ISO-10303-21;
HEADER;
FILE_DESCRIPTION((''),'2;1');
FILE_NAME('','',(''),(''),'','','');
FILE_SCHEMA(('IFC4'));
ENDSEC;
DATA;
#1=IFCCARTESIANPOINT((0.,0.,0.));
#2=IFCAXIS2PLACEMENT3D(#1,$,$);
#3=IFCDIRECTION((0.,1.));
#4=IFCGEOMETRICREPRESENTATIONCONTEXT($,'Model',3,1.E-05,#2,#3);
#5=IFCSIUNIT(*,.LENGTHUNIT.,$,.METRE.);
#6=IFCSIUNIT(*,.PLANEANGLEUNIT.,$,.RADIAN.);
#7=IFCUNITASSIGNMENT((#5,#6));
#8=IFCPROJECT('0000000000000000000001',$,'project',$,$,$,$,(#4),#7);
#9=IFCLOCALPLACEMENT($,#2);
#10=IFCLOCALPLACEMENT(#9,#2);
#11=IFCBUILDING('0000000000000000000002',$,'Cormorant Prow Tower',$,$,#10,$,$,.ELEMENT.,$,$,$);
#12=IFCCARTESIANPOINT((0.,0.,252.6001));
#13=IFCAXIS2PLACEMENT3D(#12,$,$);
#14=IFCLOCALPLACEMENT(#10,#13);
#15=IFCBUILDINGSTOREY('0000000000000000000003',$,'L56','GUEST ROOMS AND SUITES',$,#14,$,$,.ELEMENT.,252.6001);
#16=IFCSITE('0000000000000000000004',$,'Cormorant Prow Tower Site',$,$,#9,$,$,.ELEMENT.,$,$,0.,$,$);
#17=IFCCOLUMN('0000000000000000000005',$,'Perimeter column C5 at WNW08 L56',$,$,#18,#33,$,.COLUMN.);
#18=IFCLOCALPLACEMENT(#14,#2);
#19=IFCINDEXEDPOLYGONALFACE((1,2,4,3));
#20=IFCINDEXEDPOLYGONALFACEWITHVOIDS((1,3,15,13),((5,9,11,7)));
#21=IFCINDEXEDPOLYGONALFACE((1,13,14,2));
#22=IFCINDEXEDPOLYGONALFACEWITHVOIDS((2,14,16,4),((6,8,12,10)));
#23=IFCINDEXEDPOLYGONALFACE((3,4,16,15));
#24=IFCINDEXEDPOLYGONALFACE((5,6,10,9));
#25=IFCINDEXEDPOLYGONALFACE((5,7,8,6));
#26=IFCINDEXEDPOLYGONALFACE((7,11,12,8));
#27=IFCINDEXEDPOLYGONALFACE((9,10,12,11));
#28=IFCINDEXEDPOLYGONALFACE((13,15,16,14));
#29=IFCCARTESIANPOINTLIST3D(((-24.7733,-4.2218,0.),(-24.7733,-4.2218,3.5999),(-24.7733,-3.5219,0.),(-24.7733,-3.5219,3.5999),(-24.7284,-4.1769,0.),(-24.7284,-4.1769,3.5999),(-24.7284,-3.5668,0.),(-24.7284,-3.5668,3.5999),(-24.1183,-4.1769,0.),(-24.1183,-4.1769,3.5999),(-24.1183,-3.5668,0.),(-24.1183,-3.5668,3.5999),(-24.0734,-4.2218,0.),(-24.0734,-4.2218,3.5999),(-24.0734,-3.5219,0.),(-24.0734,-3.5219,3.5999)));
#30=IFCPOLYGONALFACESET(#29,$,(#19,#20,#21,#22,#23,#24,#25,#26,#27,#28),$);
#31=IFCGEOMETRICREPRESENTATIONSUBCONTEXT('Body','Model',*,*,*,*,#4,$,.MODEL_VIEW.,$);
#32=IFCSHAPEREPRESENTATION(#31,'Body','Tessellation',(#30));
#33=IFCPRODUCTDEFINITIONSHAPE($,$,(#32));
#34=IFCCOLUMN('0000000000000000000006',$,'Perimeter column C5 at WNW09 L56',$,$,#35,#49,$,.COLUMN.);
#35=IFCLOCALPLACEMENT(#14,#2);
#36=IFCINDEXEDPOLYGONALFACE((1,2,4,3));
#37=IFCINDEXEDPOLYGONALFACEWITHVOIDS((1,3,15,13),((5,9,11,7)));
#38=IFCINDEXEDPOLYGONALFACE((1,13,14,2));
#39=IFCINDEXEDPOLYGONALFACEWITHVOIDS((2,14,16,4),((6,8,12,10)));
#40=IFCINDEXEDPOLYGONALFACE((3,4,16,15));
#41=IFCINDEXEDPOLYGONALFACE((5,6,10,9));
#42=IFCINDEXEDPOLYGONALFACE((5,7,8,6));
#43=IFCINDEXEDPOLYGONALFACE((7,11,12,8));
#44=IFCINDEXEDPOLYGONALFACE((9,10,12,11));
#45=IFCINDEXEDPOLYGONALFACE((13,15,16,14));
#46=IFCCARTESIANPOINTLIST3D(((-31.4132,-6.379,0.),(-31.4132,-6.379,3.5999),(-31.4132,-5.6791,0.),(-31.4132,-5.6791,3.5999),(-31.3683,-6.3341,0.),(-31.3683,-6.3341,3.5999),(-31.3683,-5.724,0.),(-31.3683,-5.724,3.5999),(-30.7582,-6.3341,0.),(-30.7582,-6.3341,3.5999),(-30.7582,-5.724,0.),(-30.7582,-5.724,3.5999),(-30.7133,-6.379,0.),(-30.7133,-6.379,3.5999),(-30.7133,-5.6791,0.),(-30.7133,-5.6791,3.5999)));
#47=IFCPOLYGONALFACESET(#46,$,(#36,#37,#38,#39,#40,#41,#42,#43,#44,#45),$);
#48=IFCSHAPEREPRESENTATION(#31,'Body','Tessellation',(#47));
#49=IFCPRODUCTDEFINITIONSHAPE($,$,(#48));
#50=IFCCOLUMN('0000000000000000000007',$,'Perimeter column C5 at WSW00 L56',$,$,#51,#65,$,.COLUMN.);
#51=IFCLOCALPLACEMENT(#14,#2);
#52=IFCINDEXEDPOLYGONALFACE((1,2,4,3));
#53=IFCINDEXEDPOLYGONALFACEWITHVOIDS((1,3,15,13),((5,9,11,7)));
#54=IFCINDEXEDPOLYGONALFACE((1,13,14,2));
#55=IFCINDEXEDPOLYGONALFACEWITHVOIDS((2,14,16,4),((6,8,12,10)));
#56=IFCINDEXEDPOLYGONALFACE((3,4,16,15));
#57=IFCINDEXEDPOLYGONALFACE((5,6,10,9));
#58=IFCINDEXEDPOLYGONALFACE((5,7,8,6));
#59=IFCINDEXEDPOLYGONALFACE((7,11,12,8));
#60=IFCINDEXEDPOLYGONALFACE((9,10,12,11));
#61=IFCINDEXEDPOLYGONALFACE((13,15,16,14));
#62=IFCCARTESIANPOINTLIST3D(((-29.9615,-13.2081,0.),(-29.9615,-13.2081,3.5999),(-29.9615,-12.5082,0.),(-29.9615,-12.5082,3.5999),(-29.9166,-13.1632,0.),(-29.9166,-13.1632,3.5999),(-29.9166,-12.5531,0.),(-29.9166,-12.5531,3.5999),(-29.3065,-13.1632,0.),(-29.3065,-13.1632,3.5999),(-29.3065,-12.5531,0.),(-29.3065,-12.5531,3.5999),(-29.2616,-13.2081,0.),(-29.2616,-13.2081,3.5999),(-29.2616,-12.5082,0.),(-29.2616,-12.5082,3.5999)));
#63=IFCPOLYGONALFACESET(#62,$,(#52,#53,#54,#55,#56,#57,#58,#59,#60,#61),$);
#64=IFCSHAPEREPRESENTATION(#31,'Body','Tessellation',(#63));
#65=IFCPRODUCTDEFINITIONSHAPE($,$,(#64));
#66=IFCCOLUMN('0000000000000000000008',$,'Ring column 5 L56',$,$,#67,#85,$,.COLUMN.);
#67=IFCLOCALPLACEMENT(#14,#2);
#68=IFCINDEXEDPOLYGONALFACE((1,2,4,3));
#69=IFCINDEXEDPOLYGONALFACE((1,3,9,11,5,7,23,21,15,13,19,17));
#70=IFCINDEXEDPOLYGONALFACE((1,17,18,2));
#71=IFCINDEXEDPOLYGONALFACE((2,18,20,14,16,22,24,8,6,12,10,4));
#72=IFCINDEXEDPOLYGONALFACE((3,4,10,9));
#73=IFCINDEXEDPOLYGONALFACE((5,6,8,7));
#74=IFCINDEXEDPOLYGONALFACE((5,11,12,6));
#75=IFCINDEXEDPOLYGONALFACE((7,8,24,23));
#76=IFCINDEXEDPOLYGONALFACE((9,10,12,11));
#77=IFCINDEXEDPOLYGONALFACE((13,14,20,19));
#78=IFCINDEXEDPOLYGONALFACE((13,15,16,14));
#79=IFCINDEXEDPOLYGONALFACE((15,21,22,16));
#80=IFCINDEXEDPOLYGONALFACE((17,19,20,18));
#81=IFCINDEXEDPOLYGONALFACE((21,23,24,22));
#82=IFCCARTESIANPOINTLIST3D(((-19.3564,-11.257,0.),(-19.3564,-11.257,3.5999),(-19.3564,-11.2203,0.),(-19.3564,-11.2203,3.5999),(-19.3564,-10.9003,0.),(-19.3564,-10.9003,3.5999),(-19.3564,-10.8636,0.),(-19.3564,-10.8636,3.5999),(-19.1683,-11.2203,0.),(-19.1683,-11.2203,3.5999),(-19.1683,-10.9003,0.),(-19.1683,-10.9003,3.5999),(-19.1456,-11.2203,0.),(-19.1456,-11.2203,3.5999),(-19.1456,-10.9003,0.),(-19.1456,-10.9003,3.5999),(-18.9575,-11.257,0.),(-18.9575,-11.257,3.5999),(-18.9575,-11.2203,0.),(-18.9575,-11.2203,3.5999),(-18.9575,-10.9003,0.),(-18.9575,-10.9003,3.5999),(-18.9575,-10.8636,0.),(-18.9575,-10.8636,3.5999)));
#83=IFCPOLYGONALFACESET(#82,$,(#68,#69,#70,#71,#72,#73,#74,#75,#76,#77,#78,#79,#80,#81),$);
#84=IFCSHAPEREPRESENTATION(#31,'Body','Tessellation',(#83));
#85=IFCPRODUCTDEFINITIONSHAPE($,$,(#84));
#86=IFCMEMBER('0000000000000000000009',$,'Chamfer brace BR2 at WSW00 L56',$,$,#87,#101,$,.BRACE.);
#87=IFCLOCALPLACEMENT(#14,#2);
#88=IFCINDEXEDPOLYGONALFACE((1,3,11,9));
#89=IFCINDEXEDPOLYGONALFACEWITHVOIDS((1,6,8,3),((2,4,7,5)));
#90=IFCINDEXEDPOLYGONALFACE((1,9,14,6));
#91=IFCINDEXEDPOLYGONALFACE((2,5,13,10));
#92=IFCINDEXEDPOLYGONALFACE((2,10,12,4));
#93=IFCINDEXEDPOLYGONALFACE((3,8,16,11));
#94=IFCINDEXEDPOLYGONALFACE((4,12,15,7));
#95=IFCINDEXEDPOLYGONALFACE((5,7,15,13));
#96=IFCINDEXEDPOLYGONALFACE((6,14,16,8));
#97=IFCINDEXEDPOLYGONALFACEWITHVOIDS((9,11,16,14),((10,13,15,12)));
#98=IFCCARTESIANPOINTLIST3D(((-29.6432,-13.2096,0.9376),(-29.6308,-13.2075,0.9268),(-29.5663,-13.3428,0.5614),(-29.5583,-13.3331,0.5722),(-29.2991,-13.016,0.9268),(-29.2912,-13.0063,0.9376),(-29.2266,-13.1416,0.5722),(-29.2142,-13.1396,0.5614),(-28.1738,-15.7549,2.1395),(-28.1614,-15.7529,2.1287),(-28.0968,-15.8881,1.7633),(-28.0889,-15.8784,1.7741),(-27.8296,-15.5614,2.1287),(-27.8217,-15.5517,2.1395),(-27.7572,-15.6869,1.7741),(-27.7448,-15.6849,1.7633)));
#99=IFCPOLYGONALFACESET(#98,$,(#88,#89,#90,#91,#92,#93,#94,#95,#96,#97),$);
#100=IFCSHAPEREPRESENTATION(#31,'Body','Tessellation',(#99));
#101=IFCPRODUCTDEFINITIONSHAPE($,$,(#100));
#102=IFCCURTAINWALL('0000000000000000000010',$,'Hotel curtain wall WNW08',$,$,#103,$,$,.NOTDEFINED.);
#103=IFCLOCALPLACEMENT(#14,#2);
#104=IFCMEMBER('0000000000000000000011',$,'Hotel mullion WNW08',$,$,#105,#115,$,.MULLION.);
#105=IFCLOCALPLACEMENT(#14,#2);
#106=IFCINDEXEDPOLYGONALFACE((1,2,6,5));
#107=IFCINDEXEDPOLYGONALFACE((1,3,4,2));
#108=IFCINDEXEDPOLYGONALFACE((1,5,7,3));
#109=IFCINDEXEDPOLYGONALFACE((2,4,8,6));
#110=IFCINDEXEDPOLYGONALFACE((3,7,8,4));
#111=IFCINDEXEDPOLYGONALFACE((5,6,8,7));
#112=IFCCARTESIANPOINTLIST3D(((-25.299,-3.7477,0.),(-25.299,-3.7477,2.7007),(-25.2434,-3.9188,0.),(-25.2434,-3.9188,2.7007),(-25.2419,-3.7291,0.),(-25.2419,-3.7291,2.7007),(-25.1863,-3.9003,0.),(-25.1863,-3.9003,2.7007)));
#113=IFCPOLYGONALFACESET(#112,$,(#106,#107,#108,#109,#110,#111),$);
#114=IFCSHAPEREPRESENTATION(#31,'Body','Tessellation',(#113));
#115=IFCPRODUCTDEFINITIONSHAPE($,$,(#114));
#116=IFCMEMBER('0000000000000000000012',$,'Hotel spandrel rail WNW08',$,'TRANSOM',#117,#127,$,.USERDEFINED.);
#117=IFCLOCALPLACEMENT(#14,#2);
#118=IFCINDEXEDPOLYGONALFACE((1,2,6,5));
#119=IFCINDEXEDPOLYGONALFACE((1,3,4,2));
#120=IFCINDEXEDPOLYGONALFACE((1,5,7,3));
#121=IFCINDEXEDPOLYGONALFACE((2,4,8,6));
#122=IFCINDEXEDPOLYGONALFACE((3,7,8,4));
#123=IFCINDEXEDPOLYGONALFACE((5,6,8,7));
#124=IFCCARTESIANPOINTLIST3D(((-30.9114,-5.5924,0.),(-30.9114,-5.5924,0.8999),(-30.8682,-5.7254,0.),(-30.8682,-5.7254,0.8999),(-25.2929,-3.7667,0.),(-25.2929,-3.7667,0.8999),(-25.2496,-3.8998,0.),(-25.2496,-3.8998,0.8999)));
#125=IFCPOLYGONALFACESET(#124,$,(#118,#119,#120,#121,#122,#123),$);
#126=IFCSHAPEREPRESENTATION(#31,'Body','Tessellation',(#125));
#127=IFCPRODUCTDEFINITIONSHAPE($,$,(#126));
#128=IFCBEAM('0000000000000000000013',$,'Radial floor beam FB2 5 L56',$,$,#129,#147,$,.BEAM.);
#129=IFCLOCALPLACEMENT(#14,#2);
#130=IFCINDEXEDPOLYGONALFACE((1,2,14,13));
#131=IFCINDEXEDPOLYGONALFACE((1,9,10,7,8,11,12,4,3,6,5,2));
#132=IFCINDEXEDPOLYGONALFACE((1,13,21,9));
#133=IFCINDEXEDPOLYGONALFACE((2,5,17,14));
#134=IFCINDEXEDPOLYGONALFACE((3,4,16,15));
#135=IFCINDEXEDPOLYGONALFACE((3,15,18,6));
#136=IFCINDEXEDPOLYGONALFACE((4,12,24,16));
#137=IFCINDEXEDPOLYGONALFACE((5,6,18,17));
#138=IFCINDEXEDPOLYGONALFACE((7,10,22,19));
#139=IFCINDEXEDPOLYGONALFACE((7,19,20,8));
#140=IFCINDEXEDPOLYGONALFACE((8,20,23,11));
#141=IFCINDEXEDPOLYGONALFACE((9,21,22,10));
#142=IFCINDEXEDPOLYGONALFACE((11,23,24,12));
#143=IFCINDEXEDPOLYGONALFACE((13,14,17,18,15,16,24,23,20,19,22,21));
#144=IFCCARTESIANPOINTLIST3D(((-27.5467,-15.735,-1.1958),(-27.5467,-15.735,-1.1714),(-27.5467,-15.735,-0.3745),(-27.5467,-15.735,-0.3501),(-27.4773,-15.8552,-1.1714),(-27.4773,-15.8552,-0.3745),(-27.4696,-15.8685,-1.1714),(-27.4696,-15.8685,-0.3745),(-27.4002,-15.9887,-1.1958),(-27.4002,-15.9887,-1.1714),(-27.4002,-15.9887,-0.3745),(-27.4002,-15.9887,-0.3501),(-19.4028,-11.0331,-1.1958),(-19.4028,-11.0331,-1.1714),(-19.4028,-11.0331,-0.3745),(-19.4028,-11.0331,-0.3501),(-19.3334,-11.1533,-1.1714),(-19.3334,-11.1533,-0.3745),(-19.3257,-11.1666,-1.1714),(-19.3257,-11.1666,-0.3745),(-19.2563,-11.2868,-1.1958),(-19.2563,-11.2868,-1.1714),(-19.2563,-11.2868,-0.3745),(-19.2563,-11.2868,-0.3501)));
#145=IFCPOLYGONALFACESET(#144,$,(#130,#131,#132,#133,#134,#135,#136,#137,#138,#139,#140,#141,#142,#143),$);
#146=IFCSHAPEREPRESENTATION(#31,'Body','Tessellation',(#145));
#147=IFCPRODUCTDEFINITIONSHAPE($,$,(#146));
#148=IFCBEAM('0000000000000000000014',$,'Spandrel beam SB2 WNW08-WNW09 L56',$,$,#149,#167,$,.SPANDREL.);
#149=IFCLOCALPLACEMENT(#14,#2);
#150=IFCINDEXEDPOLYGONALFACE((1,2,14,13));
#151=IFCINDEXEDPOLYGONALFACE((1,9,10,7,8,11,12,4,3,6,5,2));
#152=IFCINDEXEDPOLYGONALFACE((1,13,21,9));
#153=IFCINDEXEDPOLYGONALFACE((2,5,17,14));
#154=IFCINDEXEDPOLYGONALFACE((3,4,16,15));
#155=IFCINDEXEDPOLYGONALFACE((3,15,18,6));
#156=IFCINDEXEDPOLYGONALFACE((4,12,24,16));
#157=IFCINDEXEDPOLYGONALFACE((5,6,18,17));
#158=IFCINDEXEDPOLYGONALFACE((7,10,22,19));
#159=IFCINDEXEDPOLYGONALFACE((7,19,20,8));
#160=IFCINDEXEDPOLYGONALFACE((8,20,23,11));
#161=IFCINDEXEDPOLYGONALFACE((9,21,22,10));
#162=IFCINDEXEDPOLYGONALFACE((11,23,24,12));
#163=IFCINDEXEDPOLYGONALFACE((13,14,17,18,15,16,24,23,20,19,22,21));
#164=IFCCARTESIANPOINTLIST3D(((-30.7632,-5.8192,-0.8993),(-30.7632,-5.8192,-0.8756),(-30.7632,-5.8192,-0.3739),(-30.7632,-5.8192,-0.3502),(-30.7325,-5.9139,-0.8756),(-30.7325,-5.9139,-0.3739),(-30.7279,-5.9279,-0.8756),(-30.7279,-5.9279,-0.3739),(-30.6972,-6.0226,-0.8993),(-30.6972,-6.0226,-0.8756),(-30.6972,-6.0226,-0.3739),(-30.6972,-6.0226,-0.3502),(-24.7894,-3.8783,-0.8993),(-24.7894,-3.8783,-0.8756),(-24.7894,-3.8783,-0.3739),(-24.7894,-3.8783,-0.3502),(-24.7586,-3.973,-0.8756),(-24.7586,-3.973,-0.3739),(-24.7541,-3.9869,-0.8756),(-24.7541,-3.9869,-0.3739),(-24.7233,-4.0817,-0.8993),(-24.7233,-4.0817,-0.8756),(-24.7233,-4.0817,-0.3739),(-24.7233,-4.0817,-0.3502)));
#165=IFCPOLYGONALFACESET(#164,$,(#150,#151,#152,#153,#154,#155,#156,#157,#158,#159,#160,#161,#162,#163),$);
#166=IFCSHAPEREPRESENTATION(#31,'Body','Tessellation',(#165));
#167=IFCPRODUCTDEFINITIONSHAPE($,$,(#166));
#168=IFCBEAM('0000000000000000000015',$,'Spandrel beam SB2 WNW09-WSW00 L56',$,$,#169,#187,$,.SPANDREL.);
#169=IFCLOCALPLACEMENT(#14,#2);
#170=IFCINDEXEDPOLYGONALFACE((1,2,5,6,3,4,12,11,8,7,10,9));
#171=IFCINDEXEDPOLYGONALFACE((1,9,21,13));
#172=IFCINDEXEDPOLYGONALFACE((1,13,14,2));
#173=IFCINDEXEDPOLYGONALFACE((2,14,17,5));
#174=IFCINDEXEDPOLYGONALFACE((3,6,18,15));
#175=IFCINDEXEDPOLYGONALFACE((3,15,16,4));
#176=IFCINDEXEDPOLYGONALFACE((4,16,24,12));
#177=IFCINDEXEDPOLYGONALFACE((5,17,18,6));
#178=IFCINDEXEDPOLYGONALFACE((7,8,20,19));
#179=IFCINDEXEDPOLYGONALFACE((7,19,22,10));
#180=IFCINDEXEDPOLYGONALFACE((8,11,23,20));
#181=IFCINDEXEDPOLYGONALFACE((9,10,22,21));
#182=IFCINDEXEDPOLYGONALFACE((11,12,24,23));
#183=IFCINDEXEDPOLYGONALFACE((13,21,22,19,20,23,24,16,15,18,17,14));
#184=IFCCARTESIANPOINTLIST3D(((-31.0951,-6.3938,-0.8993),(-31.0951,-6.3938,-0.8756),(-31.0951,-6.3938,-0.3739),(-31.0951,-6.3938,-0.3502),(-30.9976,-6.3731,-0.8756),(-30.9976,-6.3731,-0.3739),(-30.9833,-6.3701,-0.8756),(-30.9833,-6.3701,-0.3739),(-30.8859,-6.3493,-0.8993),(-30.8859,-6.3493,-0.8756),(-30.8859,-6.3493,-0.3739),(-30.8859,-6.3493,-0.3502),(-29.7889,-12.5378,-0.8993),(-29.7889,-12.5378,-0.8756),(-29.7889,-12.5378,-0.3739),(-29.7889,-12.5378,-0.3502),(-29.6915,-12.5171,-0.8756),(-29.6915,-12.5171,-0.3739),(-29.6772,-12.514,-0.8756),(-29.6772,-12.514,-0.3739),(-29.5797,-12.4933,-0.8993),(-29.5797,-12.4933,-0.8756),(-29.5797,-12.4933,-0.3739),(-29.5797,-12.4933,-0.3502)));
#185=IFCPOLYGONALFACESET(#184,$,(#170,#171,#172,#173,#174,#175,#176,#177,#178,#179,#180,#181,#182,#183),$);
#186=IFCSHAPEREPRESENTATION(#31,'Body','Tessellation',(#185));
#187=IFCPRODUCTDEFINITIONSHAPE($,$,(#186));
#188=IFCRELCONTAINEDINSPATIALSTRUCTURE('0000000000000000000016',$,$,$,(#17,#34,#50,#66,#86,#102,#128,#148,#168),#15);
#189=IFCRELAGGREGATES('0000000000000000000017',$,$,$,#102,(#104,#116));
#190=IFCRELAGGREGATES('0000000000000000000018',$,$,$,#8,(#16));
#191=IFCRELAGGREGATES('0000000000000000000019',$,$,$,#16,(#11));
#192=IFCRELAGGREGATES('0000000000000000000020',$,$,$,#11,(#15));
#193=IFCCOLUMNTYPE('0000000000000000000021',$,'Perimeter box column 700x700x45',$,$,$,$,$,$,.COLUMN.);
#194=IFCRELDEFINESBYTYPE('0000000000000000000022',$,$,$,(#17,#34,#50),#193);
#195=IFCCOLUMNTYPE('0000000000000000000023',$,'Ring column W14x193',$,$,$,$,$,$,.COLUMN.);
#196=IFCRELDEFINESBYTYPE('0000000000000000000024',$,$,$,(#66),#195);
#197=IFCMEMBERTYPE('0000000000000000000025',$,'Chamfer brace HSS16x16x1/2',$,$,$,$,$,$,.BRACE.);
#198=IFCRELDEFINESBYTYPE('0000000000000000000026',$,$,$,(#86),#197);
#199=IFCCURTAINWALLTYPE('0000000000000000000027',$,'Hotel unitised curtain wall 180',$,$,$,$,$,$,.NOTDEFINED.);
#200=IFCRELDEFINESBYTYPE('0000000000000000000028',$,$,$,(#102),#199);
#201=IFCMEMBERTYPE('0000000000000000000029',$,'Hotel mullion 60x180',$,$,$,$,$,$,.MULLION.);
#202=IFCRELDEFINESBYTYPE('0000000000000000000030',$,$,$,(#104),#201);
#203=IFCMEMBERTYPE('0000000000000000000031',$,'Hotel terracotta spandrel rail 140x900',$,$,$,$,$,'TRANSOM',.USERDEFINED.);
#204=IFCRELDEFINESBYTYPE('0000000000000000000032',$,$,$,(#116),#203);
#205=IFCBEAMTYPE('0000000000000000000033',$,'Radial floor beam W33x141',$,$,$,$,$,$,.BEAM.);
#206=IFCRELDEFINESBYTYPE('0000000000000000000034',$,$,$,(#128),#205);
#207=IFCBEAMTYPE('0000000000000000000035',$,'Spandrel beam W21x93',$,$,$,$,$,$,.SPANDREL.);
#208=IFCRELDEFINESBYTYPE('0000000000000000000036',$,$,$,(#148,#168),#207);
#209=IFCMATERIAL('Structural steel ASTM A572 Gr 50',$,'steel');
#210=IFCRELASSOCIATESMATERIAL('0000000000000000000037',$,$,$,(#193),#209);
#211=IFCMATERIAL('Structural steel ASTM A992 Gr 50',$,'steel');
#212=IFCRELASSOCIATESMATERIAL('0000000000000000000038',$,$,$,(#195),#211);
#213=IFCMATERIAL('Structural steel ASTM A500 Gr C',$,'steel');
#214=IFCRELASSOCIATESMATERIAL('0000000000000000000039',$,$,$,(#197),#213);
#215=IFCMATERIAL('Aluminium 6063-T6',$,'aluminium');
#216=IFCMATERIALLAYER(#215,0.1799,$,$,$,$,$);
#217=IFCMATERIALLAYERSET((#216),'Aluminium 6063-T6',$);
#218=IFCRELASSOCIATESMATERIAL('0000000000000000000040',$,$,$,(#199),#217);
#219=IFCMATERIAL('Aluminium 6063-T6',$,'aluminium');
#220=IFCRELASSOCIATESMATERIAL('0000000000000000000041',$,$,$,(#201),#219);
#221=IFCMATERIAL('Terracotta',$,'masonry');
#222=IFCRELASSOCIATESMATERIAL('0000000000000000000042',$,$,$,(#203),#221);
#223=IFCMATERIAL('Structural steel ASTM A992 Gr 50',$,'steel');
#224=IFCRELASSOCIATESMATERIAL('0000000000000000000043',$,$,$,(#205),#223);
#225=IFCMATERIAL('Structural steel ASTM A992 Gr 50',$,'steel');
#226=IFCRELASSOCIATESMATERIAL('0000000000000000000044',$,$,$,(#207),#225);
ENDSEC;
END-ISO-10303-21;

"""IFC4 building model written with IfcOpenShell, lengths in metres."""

from ifc_helpers import new_model, si_unit, direction, frame, origin, origin_2d, place, context, subcontext, project, spatial, rectangle, hollow_rectangle, i_section, extrude, material, layer, layer_set, material_profile, profile_set, type_object, element, aggregate, save


model = new_model("IFC4")

# Units and contexts
model_context = context("Model", 3, precision=1e-05, world=origin(), true_north=direction((0.0, 1.0)))
body_context = subcontext(model_context, "Body", "Model", "MODEL_VIEW")
ifc_project = project(units=[si_unit("LENGTHUNIT", "METRE"), si_unit("PLANEANGLEUNIT", "RADIAN")], contexts=[model_context])

# Site, building, storey
site_placement = place(None, origin())
site = spatial("IfcSite", under=ifc_project, at=site_placement, Name="Cormorant Prow Tower Site", CompositionType="ELEMENT", RefElevation=0.0)
building_placement = place(site_placement, origin())
building = spatial("IfcBuilding", under=site, at=building_placement, Name="Cormorant Prow Tower", CompositionType="ELEMENT")
storey_placement = place(building_placement, frame((0.0, 0.0, 252.6001)))
storey = spatial("IfcBuildingStorey", under=building, at=storey_placement, Name="L56", Description="GUEST ROOMS AND SUITES", CompositionType="ELEMENT", Elevation=252.6001)

# Columns
ifc_material_1 = material(Name="Structural steel ASTM A572 Gr 50", Category="steel")
ifc_material_profile_1 = material_profile(ifc_material_1, hollow_rectangle(XDim=0.7, YDim=0.7, WallThickness=0.0449, at=origin_2d()), Name="Box 700x700x45")
ifc_profile_set_1 = profile_set([ifc_material_profile_1], Name="Structural steel ASTM A572 Gr 50")
column_type_1 = type_object("IfcColumnType", Name="Perimeter box column 700x700x45", PredefinedType="COLUMN", material=ifc_profile_set_1)
for number, where, z_axis, x_axis, name in (
    (1, (-24.4233, -3.8718, 0.0), (0.0, 0.0, 1.0), (1.0, 0.0, 0.0), "Perimeter column C5 at WNW08 L56"),
    (2, (-31.0632, -6.0291, 0.0), (0.0, 0.0, 1.0), (1.0, 0.0, 0.0), "Perimeter column C5 at WNW09 L56"),
    (3, (-29.6116, -12.8582, 0.0), (0.0, 0.0, 1.0), (1.0, 0.0, 0.0), "Perimeter column C5 at WSW00 L56"),
):
    element("IfcColumn", number, at=place(storey_placement, frame(where, z_axis=z_axis, x_axis=x_axis)), inside=storey, type_object=column_type_1, Name=name, PredefinedType="COLUMN", context=body_context, shape_type="SweptSolid", body=[
        extrude(hollow_rectangle(XDim=0.7, YDim=0.7, WallThickness=0.0449, at=origin_2d()), origin(), (0.0, 0.0, 1.0), 3.5999),
    ])
ifc_material_2 = material(Name="Structural steel ASTM A992 Gr 50", Category="steel")
ifc_material_profile_2 = material_profile(ifc_material_2, i_section(OverallWidth=0.3989, OverallDepth=0.3933, WebThickness=0.0227, FlangeThickness=0.0366, at=origin_2d()), Name="W14x193")
ifc_profile_set_2 = profile_set([ifc_material_profile_2], Name="Structural steel ASTM A992 Gr 50")
column_type_2 = type_object("IfcColumnType", Name="Ring column W14x193", PredefinedType="COLUMN", material=ifc_profile_set_2)
column_placement = place(storey_placement, frame((-19.157, -11.0603, 0.0), z_axis=(0.0, 0.0, 1.0), x_axis=(1.0, 0.0, 0.0)))
element("IfcColumn", 4, at=column_placement, inside=storey, type_object=column_type_2, Name="Ring column 5 L56", PredefinedType="COLUMN", context=body_context, shape_type="SweptSolid", body=[
    extrude(i_section(OverallWidth=0.3989, OverallDepth=0.3933, WebThickness=0.0227, FlangeThickness=0.0366, at=origin_2d()), origin(), (0.0, 0.0, 1.0), 3.5999),
])

# Member
ifc_material_3 = material(Name="Structural steel ASTM A500 Gr C", Category="steel")
ifc_material_profile_3 = material_profile(ifc_material_3, hollow_rectangle(XDim=0.4065, YDim=0.4065, WallThickness=0.0117, at=origin_2d()), Name="HSS16x16x1/2")
ifc_profile_set_3 = profile_set([ifc_material_profile_3], Name="Structural steel ASTM A500 Gr C")
member_type_1 = type_object("IfcMemberType", Name="Chamfer brace HSS16x16x1/2", PredefinedType="BRACE", material=ifc_profile_set_3)
member_1_placement = place(storey_placement, frame((-29.4287, -13.1746, 0.7495), z_axis=(0.462773, -0.801607, 0.378507), x_axis=(0.866042, 0.499972, 0.0)))
element("IfcMember", 5, at=member_1_placement, inside=storey, type_object=member_type_1, Name="Chamfer brace BR2 at WSW00 L56", PredefinedType="BRACE", context=body_context, shape_type="SweptSolid", body=[
    extrude(hollow_rectangle(XDim=0.4065, YDim=0.4065, WallThickness=0.0117, at=origin_2d()), origin(), (0.0, 0.0, 1.0), 3.1753),
])

# Curtain wall, members
ifc_material_4 = material(Name="Aluminium 6063-T6", Category="aluminium")
ifc_layer_1 = layer(ifc_material_4, 0.1799)
ifc_layer_set_1 = layer_set([ifc_layer_1], Name="Aluminium 6063-T6")
curtain_wall_type = type_object("IfcCurtainWallType", Name="Hotel unitised curtain wall 180", PredefinedType="NOTDEFINED", material=ifc_layer_set_1)
curtain_wall_placement = place(storey_placement, origin())
curtain_wall = element("IfcCurtainWall", 6, at=curtain_wall_placement, inside=storey, type_object=curtain_wall_type, Name="Hotel curtain wall WNW08", PredefinedType="NOTDEFINED")
ifc_material_5 = material(Name="Aluminium 6063-T6", Category="aluminium")
ifc_material_profile_4 = material_profile(ifc_material_5, rectangle(XDim=0.1799, YDim=0.0601, at=origin_2d()), Name="Hotel mullion 60x180")
ifc_profile_set_4 = profile_set([ifc_material_profile_4], Name="Aluminium 6063-T6")
member_type_2 = type_object("IfcMemberType", Name="Hotel mullion 60x180", PredefinedType="MULLION", material=ifc_profile_set_4)
member_2_placement = place(storey_placement, frame((-25.2427, -3.824, 0.0), z_axis=(0.0, 0.0, 1.0), x_axis=(0.309017, -0.951057, 0.0)))
member_2 = element("IfcMember", 7, at=member_2_placement, type_object=member_type_2, Name="Hotel mullion WNW08", PredefinedType="MULLION", context=body_context, shape_type="SweptSolid", body=[
    extrude(rectangle(XDim=0.1799, YDim=0.0601, at=origin_2d()), origin(), (0.0, 0.0, 1.0), 2.7007),
])
ifc_material_6 = material(Name="Terracotta", Category="masonry")
ifc_material_profile_5 = material_profile(ifc_material_6, rectangle(XDim=0.1399, YDim=0.8999, at=origin_2d()), Name="Hotel terracotta spandrel rail 140x900")
ifc_profile_set_5 = profile_set([ifc_material_profile_5], Name="Terracotta")
member_type_3 = type_object("IfcMemberType", Name="Hotel terracotta spandrel rail 140x900", ElementType="TRANSOM", PredefinedType="USERDEFINED", material=ifc_profile_set_5)
member_3_placement = place(storey_placement, frame((-25.2712, -3.8333, 0.45), z_axis=(-0.951053, -0.309028, 0.0), x_axis=(0.309028, -0.951053, 0.0)))
member_3 = element("IfcMember", 8, at=member_3_placement, type_object=member_type_3, Name="Hotel spandrel rail WNW08", ObjectType="TRANSOM", PredefinedType="USERDEFINED", context=body_context, shape_type="SweptSolid", body=[
    extrude(rectangle(XDim=0.1399, YDim=0.8999, at=origin_2d()), origin(), (0.0, 0.0, 1.0), 5.9077),
])

# Beams
ifc_material_7 = material(Name="Structural steel ASTM A992 Gr 50", Category="steel")
ifc_material_profile_6 = material_profile(ifc_material_7, i_section(OverallWidth=0.293, OverallDepth=0.8457, WebThickness=0.0154, FlangeThickness=0.0244, at=origin_2d()), Name="W33x141")
ifc_profile_set_6 = profile_set([ifc_material_profile_6], Name="Structural steel ASTM A992 Gr 50")
beam_type_1 = type_object("IfcBeamType", Name="Radial floor beam W33x141", PredefinedType="BEAM", material=ifc_profile_set_6)
beam_1_placement = place(storey_placement, frame((-19.3296, -11.1599, -0.7729), z_axis=(-0.866022, -0.500006, 0.0), x_axis=(0.500006, -0.866022, 0.0)))
element("IfcBeam", 9, at=beam_1_placement, inside=storey, type_object=beam_type_1, Name="Radial floor beam FB2 5 L56", PredefinedType="BEAM", context=body_context, shape_type="SweptSolid", body=[
    extrude(i_section(OverallWidth=0.293, OverallDepth=0.8457, WebThickness=0.0154, FlangeThickness=0.0244, at=origin_2d()), origin(), (0.0, 0.0, 1.0), 9.4038),
])
ifc_material_8 = material(Name="Structural steel ASTM A992 Gr 50", Category="steel")
ifc_material_profile_7 = material_profile(ifc_material_8, i_section(OverallWidth=0.2139, OverallDepth=0.5491, WebThickness=0.0146, FlangeThickness=0.0237, at=origin_2d()), Name="W21x93")
ifc_profile_set_7 = profile_set([ifc_material_profile_7], Name="Structural steel ASTM A992 Gr 50")
beam_type_2 = type_object("IfcBeamType", Name="Spandrel beam W21x93", PredefinedType="SPANDREL", material=ifc_profile_set_7)
for number, where, z_axis, x_axis, name in (
    (10, (-24.7563, -3.98, -0.6248), (-0.951062, -0.309001, 0.0), (0.309001, -0.951062, 0.0), "Spandrel beam SB2 WNW08-WNW09 L56"),
    (11, (-30.9905, -6.3716, -0.6248), (0.207941, -0.978141, 0.0), (0.978141, 0.207941, 0.0), "Spandrel beam SB2 WNW09-WSW00 L56"),
):
    element("IfcBeam", number, at=place(storey_placement, frame(where, z_axis=z_axis, x_axis=x_axis)), inside=storey, type_object=beam_type_2, Name=name, PredefinedType="SPANDREL", context=body_context, shape_type="SweptSolid", body=[
        extrude(i_section(OverallWidth=0.2139, OverallDepth=0.5491, WebThickness=0.0146, FlangeThickness=0.0237, at=origin_2d()), origin(), (0.0, 0.0, 1.0), 6.2812),
    ])

aggregate(curtain_wall, [member_2, member_3])

save(model, "model.ifc")
